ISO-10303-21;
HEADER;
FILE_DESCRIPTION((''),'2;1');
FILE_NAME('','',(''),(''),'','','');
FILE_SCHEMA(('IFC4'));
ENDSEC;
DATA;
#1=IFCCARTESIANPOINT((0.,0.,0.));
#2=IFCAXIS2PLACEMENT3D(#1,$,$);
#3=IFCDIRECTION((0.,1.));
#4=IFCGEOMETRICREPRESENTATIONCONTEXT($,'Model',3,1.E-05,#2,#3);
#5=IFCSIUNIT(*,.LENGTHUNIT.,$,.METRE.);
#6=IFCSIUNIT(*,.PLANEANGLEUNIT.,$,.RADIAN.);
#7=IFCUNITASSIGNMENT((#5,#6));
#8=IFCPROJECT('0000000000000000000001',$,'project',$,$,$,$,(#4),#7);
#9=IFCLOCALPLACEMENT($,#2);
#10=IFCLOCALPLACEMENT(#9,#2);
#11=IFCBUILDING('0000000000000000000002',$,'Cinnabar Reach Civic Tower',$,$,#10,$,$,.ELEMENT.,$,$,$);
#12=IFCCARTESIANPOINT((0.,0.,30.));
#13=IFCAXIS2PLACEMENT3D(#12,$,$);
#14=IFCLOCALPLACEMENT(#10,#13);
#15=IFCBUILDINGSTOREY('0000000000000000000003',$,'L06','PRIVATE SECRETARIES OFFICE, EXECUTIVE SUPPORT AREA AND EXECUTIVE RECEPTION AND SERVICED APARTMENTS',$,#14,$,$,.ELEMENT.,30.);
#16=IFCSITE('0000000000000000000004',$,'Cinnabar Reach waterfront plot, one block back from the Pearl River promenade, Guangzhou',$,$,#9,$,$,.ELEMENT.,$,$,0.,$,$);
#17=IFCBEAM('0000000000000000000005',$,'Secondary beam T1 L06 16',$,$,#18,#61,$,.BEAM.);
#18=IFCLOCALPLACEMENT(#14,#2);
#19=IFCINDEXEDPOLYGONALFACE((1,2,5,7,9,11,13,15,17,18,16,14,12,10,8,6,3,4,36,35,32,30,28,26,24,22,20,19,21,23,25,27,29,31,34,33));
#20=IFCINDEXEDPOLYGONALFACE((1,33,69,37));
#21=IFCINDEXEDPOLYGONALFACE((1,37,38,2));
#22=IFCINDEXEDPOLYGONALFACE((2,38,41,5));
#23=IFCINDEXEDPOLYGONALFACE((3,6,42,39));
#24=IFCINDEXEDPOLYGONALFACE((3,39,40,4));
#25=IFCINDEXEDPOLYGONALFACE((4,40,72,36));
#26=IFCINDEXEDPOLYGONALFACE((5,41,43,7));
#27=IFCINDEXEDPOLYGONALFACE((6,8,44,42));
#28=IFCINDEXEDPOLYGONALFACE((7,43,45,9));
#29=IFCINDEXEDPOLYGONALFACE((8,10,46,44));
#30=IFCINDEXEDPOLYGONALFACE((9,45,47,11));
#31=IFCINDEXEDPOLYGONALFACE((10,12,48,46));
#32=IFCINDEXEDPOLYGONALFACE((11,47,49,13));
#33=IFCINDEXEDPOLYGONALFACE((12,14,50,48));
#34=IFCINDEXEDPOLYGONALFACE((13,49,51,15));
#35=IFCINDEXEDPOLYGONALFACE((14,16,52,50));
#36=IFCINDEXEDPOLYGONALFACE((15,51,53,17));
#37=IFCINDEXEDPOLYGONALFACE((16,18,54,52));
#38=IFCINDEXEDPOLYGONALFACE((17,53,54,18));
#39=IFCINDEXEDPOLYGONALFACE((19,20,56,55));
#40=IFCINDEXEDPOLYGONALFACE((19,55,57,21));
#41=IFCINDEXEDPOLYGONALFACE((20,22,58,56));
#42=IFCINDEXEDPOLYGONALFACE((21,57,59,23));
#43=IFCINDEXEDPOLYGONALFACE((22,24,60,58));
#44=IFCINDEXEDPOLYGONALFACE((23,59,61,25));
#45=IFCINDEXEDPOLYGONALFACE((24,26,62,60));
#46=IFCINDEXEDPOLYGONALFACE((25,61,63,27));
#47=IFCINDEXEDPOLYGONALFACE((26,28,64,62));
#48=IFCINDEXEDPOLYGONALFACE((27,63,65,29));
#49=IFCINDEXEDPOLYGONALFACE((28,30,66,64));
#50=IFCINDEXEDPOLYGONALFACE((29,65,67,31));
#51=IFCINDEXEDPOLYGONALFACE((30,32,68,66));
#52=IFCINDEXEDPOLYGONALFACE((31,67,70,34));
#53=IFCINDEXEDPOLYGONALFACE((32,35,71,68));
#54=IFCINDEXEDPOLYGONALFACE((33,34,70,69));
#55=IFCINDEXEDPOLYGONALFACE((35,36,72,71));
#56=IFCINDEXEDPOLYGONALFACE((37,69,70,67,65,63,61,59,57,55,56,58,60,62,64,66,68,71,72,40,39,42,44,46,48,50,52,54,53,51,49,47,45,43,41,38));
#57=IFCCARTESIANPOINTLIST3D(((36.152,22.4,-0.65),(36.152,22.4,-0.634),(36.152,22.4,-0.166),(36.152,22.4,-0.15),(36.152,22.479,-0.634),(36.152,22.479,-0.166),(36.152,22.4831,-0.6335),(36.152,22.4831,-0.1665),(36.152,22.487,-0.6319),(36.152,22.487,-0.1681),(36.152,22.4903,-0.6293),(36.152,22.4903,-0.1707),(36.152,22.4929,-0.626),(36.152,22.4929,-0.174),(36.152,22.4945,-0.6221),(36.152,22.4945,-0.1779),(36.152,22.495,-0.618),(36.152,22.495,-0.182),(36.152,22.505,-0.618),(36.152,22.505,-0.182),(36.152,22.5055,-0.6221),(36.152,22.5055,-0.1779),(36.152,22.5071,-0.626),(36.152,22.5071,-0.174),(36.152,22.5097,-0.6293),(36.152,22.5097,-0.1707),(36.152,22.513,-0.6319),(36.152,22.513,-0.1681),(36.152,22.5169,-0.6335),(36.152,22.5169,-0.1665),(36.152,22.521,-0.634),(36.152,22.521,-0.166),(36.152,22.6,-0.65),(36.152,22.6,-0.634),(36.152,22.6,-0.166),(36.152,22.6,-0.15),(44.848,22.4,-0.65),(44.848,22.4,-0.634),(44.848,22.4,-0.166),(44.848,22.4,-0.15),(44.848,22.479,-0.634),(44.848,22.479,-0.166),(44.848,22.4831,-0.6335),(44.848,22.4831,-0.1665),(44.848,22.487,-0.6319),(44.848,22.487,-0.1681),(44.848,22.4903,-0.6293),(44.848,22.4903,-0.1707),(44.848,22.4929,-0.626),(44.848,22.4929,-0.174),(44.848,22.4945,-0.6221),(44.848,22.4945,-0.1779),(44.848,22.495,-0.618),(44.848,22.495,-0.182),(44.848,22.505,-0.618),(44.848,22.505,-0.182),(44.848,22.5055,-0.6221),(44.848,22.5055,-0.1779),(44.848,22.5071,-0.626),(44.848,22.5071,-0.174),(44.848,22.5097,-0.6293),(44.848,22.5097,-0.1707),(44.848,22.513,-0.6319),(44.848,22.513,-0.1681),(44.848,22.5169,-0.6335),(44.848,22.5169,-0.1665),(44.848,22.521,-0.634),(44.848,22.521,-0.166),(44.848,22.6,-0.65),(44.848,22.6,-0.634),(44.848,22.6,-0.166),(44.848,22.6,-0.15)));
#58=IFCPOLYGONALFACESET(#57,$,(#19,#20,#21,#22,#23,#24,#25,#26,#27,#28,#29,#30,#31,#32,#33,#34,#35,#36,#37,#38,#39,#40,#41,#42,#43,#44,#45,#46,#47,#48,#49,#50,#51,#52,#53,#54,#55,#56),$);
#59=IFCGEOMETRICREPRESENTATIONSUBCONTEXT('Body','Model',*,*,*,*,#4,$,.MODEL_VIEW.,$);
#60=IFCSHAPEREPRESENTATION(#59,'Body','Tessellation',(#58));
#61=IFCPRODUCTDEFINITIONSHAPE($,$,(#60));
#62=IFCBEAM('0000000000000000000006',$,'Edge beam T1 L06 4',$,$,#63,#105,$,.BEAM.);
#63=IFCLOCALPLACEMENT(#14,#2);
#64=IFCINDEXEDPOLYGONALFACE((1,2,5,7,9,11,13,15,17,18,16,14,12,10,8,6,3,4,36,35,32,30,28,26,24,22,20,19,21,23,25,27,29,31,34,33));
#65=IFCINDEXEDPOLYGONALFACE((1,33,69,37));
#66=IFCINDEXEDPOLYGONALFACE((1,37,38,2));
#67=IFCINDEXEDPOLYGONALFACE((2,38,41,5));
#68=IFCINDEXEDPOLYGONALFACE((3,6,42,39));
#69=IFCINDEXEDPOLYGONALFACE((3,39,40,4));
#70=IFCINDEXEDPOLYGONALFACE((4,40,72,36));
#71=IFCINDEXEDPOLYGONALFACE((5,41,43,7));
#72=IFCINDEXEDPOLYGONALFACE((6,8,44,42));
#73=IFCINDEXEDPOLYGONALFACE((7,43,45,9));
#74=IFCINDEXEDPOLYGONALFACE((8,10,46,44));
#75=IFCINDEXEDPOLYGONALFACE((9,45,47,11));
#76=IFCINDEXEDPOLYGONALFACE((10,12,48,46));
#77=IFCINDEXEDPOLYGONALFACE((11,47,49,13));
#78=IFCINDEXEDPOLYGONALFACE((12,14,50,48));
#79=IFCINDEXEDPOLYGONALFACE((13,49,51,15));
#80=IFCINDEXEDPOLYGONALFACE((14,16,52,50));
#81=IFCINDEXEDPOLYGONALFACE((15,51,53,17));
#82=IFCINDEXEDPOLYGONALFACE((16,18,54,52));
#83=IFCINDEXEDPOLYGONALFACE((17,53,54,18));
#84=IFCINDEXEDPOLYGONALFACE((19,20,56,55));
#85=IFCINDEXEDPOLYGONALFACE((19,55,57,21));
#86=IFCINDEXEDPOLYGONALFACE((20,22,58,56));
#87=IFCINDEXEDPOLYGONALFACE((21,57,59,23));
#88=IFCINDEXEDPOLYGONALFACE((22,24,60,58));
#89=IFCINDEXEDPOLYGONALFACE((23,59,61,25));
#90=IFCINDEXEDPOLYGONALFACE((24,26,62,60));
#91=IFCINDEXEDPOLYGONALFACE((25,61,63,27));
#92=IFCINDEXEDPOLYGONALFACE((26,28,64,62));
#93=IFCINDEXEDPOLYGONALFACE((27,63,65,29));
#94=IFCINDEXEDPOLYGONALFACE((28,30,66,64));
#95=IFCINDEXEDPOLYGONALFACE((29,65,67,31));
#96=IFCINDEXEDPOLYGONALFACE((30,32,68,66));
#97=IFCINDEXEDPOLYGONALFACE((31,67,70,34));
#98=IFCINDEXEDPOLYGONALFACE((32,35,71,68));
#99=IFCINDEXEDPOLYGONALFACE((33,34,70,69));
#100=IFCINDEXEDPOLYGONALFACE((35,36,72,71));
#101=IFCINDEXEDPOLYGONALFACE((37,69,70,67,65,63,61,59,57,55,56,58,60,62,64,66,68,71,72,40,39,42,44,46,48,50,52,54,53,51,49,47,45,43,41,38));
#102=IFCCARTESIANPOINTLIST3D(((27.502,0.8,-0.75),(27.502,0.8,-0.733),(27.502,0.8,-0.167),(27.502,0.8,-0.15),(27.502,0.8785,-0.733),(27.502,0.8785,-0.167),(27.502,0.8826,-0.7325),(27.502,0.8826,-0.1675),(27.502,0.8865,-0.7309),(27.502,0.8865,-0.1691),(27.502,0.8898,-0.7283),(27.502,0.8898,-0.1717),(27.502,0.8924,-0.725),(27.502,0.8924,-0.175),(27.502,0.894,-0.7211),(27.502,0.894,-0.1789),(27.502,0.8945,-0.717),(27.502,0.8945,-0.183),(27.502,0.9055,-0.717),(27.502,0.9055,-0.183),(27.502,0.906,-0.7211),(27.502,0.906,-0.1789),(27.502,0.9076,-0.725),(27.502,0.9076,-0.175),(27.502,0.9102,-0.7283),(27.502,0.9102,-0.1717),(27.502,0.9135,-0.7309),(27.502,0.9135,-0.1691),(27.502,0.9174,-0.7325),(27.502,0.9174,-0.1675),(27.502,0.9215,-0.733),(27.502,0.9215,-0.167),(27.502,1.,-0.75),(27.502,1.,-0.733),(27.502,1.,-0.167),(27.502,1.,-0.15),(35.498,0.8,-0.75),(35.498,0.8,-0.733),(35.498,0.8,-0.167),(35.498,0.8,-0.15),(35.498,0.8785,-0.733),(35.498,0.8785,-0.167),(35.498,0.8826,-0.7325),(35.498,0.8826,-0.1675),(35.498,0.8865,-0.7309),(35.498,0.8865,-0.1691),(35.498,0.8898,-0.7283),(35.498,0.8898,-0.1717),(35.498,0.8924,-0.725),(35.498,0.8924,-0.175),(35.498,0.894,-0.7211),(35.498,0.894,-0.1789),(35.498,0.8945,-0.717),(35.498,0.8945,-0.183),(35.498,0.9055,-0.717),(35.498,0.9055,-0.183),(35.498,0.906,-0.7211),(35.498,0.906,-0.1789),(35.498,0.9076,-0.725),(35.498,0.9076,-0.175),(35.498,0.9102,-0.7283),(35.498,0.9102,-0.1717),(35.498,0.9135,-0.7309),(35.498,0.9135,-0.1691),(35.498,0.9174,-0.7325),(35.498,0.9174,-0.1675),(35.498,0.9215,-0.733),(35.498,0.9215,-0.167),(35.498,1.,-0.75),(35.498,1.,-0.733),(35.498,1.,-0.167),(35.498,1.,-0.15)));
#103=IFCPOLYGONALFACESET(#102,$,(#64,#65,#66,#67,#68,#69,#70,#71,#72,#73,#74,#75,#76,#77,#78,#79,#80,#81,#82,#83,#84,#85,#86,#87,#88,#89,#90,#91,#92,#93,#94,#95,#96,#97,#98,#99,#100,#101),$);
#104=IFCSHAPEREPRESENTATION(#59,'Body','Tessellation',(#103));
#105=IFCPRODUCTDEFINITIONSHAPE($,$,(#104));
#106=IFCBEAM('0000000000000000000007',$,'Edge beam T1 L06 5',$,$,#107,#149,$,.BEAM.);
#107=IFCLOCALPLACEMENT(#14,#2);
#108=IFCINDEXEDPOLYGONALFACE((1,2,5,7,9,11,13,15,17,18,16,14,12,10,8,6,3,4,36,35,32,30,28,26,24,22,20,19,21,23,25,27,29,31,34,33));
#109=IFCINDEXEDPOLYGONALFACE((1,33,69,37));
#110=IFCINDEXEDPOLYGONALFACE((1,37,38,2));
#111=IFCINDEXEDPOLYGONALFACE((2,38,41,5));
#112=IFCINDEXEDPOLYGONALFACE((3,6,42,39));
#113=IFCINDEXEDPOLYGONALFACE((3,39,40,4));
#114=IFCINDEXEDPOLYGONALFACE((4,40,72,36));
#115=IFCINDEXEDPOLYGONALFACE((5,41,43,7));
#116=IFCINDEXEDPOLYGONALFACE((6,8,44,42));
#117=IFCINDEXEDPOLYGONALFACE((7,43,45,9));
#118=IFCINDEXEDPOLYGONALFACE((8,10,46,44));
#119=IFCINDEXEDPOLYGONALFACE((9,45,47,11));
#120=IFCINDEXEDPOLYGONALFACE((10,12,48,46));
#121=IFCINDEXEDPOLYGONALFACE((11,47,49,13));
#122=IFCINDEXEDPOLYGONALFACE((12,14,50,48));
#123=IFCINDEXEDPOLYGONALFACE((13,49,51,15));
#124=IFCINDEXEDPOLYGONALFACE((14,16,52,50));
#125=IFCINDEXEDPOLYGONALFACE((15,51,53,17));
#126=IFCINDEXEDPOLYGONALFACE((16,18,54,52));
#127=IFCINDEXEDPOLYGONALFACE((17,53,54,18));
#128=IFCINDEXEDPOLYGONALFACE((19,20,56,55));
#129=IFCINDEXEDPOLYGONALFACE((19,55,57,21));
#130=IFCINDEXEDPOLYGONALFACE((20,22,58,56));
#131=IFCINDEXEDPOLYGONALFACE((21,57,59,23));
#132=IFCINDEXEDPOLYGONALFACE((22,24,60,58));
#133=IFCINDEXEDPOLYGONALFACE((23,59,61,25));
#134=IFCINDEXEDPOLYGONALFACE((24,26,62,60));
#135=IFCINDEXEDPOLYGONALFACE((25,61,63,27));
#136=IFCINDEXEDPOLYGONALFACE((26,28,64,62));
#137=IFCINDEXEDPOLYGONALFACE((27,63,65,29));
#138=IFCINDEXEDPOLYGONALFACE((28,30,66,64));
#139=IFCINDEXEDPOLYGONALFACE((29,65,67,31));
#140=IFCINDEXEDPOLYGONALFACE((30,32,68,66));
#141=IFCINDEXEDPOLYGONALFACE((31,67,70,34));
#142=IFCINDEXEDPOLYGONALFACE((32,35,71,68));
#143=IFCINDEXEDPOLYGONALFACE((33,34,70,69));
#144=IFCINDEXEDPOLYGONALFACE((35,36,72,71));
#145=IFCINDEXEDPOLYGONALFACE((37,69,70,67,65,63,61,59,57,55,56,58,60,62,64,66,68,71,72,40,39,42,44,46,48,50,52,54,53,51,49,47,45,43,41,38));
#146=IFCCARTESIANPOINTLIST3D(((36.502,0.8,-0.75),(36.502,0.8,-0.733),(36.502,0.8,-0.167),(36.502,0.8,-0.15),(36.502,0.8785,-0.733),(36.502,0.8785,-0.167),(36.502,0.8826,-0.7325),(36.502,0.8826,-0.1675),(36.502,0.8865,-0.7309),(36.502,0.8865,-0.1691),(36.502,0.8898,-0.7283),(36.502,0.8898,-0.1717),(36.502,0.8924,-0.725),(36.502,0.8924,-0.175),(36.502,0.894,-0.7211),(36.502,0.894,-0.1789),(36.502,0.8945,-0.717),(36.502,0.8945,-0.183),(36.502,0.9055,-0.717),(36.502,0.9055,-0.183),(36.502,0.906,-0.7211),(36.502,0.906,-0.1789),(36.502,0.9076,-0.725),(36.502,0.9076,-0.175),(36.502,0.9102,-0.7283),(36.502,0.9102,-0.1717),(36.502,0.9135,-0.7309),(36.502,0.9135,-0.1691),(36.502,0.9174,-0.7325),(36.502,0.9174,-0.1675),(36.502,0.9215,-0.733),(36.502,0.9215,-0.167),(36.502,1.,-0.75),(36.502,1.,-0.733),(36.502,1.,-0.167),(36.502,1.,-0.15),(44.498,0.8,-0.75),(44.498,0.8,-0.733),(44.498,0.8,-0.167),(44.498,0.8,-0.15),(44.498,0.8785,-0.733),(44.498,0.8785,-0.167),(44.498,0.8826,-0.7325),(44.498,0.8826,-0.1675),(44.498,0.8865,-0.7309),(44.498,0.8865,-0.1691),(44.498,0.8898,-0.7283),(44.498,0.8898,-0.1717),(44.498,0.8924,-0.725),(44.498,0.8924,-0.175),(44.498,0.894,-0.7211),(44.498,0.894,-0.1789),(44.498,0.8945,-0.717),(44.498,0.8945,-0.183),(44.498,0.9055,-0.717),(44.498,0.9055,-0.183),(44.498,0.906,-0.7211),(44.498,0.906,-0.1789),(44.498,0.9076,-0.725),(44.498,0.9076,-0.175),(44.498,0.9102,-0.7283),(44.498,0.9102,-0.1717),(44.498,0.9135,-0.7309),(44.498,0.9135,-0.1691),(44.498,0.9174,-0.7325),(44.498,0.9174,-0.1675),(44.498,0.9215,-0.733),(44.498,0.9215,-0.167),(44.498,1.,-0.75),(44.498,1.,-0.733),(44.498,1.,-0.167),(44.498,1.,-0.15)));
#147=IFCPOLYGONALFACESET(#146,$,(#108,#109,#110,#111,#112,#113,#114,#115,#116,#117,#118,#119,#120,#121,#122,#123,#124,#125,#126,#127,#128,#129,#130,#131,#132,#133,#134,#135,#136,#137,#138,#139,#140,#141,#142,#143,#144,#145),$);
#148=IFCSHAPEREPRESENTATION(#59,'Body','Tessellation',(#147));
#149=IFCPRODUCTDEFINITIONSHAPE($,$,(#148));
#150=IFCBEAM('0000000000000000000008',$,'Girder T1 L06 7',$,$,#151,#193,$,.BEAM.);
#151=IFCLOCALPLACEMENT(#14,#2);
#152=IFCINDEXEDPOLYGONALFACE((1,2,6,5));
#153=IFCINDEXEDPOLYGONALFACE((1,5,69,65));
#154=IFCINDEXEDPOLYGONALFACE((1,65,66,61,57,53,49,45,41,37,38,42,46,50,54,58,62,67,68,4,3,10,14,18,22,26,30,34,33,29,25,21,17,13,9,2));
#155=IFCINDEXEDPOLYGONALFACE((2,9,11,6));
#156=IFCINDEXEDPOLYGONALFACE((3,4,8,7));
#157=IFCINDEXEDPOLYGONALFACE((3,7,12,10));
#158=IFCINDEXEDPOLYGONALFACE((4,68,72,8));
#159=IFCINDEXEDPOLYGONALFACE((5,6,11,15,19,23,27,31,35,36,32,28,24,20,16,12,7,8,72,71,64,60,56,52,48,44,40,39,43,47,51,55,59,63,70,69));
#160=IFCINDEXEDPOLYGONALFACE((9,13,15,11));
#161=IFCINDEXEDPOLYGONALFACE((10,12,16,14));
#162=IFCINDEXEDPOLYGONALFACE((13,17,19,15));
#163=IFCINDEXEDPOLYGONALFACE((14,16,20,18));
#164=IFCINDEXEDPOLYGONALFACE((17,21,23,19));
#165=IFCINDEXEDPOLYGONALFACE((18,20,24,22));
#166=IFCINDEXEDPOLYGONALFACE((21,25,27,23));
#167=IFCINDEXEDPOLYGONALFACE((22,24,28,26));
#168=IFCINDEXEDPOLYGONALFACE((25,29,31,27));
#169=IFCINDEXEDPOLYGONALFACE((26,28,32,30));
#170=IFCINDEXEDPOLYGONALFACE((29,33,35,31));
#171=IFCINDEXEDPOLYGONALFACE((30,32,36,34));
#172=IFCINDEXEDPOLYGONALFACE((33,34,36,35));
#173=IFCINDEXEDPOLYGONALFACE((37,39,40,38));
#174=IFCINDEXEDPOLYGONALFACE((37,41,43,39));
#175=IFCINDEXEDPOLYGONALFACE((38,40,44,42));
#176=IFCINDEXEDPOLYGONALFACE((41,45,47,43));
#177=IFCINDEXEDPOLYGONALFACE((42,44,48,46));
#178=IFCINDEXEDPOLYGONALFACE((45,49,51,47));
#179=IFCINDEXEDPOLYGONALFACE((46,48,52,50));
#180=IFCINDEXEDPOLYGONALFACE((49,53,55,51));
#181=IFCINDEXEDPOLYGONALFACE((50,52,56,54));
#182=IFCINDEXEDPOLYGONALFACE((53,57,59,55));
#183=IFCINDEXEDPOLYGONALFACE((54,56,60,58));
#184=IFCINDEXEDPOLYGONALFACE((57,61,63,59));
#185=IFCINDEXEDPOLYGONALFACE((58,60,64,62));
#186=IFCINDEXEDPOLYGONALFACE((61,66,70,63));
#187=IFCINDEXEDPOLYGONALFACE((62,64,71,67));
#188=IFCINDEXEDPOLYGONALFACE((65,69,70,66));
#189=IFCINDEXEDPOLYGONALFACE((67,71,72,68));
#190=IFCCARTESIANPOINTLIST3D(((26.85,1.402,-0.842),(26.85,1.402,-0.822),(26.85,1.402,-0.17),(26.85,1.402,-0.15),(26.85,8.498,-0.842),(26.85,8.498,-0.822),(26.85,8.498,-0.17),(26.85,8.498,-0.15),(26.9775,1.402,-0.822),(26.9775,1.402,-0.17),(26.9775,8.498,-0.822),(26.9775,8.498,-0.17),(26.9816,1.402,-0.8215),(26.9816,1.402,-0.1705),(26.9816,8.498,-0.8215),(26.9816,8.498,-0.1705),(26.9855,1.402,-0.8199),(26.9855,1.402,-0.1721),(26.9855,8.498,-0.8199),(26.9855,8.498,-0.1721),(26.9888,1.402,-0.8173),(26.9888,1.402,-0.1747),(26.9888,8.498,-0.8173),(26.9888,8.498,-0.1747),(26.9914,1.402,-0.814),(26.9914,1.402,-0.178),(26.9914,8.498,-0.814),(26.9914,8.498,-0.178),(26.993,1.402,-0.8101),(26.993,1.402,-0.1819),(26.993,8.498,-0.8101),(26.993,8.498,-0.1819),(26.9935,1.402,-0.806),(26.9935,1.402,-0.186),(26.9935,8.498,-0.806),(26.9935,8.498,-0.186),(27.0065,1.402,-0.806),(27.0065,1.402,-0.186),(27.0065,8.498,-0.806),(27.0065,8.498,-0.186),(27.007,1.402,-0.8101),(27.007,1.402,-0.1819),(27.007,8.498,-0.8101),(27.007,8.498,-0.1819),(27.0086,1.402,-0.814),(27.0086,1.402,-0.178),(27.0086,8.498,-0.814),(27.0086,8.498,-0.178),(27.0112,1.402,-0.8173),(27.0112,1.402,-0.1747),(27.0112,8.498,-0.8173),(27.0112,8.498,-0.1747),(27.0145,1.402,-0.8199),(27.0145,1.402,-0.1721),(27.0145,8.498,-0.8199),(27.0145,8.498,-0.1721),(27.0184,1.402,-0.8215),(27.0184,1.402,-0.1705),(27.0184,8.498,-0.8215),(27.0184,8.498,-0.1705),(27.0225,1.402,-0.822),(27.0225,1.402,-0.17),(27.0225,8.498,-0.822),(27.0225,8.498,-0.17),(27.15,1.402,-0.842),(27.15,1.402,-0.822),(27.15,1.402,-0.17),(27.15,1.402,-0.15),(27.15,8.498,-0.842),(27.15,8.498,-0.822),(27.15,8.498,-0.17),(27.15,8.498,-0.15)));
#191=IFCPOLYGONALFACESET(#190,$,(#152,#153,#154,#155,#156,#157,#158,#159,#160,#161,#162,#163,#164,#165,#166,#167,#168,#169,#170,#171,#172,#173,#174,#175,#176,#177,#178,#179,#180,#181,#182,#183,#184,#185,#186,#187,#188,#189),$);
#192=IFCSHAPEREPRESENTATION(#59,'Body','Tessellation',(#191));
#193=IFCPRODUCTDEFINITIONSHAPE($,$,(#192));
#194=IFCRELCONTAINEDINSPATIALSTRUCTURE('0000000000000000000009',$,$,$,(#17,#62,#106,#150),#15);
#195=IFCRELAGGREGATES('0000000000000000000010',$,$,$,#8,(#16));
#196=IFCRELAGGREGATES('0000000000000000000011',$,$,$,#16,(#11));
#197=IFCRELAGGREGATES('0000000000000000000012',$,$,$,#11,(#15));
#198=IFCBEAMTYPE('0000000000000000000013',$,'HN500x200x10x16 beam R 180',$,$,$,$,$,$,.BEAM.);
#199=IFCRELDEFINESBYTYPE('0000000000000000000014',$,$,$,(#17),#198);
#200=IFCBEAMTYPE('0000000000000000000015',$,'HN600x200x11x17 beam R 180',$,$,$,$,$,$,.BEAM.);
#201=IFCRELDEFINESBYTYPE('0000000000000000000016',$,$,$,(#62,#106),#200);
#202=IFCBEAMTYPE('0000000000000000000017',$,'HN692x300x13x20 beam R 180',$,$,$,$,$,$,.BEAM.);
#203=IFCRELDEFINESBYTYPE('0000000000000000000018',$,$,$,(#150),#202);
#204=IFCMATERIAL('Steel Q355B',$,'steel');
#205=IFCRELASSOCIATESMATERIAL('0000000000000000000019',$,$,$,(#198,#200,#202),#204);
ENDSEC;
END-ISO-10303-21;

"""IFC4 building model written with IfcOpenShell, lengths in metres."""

from ifc_helpers import new_model, si_unit, direction, frame, origin, origin_2d, place, context, subcontext, project, spatial, i_section, extrude, material, material_profile, profile_set, type_object, element, save


model = new_model("IFC4")

# Units and contexts
model_context = context("Model", 3, precision=1e-05, world=origin(), true_north=direction((0.0, 1.0)))
body_context = subcontext(model_context, "Body", "Model", "MODEL_VIEW")
ifc_project = project(units=[si_unit("LENGTHUNIT", "METRE"), si_unit("PLANEANGLEUNIT", "RADIAN")], contexts=[model_context])

# Site, building, storey
site_placement = place(None, origin())
site = spatial("IfcSite", under=ifc_project, at=site_placement, Name="Cinnabar Reach waterfront plot, one block back from the Pearl River promenade, Guangzhou", CompositionType="ELEMENT", RefElevation=0.0)
building_placement = place(site_placement, origin())
building = spatial("IfcBuilding", under=site, at=building_placement, Name="Cinnabar Reach Civic Tower", CompositionType="ELEMENT")
storey_placement = place(building_placement, frame((0.0, 0.0, 30.0)))
storey = spatial("IfcBuildingStorey", under=building, at=storey_placement, Name="L06", Description="PRIVATE SECRETARIES OFFICE, EXECUTIVE SUPPORT AREA AND EXECUTIVE RECEPTION AND SERVICED APARTMENTS", CompositionType="ELEMENT", Elevation=30.0)

# Beams
ifc_material_1 = material(Name="Steel Q355B", Category="steel")
ifc_material_profile_1 = material_profile(ifc_material_1, i_section(OverallWidth=0.2, OverallDepth=0.5, WebThickness=0.01, FlangeThickness=0.016, FilletRadius=0.016, at=origin_2d()), Name="HN500x200x10x16")
ifc_profile_set_1 = profile_set([ifc_material_profile_1], Name="Steel Q355B")
beam_type_1 = type_object("IfcBeamType", Name="HN500x200x10x16 beam R 180", PredefinedType="BEAM", material=ifc_profile_set_1)
for number, where, z_axis, x_axis, name in (
    (1, (36.152, 22.5, -0.4), (1.0, 0.0, 0.0), (0.0, 1.0, 0.0), "Secondary beam T1 L06 16"),
):
    element("IfcBeam", number, at=place(storey_placement, frame(where, z_axis=z_axis, x_axis=x_axis)), inside=storey, type_object=beam_type_1, Name=name, PredefinedType="BEAM", context=body_context, shape_type="SweptSolid", body=[
        extrude(i_section(OverallWidth=0.2, OverallDepth=0.5, WebThickness=0.01, FlangeThickness=0.016, FilletRadius=0.016, at=origin_2d()), origin(), (0.0, 0.0, 1.0), 8.696),
    ])
ifc_material_profile_2 = material_profile(ifc_material_1, i_section(OverallWidth=0.2, OverallDepth=0.6, WebThickness=0.011, FlangeThickness=0.017, FilletRadius=0.016, at=origin_2d()), Name="HN600x200x11x17")
ifc_profile_set_2 = profile_set([ifc_material_profile_2], Name="Steel Q355B")
beam_type_2 = type_object("IfcBeamType", Name="HN600x200x11x17 beam R 180", PredefinedType="BEAM", material=ifc_profile_set_2)
for number, where, z_axis, x_axis, name in (
    (2, (27.502, 0.9, -0.45), (1.0, 0.0, 0.0), (0.0, 1.0, 0.0), "Edge beam T1 L06 4"),
    (3, (36.502, 0.9, -0.45), (1.0, 0.0, 0.0), (0.0, 1.0, 0.0), "Edge beam T1 L06 5"),
):
    element("IfcBeam", number, at=place(storey_placement, frame(where, z_axis=z_axis, x_axis=x_axis)), inside=storey, type_object=beam_type_2, Name=name, PredefinedType="BEAM", context=body_context, shape_type="SweptSolid", body=[
        extrude(i_section(OverallWidth=0.2, OverallDepth=0.6, WebThickness=0.011, FlangeThickness=0.017, FilletRadius=0.016, at=origin_2d()), origin(), (0.0, 0.0, 1.0), 7.996),
    ])
ifc_material_profile_3 = material_profile(ifc_material_1, i_section(OverallWidth=0.3, OverallDepth=0.692, WebThickness=0.013, FlangeThickness=0.02, FilletRadius=0.016, at=origin_2d()), Name="HN692x300x13x20")
ifc_profile_set_3 = profile_set([ifc_material_profile_3], Name="Steel Q355B")
beam_type_3 = type_object("IfcBeamType", Name="HN692x300x13x20 beam R 180", PredefinedType="BEAM", material=ifc_profile_set_3)
beam_1_placement = place(storey_placement, frame((27.0, 1.402, -0.496), z_axis=(0.0, 1.0, 0.0), x_axis=(-1.0, 0.0, 0.0)))
element("IfcBeam", 4, at=beam_1_placement, inside=storey, type_object=beam_type_3, Name="Girder T1 L06 7", PredefinedType="BEAM", context=body_context, shape_type="SweptSolid", body=[
    extrude(i_section(OverallWidth=0.3, OverallDepth=0.692, WebThickness=0.013, FlangeThickness=0.02, FilletRadius=0.016, at=origin_2d()), origin(), (0.0, 0.0, 1.0), 7.096),
])

save(model, "model.ifc")
